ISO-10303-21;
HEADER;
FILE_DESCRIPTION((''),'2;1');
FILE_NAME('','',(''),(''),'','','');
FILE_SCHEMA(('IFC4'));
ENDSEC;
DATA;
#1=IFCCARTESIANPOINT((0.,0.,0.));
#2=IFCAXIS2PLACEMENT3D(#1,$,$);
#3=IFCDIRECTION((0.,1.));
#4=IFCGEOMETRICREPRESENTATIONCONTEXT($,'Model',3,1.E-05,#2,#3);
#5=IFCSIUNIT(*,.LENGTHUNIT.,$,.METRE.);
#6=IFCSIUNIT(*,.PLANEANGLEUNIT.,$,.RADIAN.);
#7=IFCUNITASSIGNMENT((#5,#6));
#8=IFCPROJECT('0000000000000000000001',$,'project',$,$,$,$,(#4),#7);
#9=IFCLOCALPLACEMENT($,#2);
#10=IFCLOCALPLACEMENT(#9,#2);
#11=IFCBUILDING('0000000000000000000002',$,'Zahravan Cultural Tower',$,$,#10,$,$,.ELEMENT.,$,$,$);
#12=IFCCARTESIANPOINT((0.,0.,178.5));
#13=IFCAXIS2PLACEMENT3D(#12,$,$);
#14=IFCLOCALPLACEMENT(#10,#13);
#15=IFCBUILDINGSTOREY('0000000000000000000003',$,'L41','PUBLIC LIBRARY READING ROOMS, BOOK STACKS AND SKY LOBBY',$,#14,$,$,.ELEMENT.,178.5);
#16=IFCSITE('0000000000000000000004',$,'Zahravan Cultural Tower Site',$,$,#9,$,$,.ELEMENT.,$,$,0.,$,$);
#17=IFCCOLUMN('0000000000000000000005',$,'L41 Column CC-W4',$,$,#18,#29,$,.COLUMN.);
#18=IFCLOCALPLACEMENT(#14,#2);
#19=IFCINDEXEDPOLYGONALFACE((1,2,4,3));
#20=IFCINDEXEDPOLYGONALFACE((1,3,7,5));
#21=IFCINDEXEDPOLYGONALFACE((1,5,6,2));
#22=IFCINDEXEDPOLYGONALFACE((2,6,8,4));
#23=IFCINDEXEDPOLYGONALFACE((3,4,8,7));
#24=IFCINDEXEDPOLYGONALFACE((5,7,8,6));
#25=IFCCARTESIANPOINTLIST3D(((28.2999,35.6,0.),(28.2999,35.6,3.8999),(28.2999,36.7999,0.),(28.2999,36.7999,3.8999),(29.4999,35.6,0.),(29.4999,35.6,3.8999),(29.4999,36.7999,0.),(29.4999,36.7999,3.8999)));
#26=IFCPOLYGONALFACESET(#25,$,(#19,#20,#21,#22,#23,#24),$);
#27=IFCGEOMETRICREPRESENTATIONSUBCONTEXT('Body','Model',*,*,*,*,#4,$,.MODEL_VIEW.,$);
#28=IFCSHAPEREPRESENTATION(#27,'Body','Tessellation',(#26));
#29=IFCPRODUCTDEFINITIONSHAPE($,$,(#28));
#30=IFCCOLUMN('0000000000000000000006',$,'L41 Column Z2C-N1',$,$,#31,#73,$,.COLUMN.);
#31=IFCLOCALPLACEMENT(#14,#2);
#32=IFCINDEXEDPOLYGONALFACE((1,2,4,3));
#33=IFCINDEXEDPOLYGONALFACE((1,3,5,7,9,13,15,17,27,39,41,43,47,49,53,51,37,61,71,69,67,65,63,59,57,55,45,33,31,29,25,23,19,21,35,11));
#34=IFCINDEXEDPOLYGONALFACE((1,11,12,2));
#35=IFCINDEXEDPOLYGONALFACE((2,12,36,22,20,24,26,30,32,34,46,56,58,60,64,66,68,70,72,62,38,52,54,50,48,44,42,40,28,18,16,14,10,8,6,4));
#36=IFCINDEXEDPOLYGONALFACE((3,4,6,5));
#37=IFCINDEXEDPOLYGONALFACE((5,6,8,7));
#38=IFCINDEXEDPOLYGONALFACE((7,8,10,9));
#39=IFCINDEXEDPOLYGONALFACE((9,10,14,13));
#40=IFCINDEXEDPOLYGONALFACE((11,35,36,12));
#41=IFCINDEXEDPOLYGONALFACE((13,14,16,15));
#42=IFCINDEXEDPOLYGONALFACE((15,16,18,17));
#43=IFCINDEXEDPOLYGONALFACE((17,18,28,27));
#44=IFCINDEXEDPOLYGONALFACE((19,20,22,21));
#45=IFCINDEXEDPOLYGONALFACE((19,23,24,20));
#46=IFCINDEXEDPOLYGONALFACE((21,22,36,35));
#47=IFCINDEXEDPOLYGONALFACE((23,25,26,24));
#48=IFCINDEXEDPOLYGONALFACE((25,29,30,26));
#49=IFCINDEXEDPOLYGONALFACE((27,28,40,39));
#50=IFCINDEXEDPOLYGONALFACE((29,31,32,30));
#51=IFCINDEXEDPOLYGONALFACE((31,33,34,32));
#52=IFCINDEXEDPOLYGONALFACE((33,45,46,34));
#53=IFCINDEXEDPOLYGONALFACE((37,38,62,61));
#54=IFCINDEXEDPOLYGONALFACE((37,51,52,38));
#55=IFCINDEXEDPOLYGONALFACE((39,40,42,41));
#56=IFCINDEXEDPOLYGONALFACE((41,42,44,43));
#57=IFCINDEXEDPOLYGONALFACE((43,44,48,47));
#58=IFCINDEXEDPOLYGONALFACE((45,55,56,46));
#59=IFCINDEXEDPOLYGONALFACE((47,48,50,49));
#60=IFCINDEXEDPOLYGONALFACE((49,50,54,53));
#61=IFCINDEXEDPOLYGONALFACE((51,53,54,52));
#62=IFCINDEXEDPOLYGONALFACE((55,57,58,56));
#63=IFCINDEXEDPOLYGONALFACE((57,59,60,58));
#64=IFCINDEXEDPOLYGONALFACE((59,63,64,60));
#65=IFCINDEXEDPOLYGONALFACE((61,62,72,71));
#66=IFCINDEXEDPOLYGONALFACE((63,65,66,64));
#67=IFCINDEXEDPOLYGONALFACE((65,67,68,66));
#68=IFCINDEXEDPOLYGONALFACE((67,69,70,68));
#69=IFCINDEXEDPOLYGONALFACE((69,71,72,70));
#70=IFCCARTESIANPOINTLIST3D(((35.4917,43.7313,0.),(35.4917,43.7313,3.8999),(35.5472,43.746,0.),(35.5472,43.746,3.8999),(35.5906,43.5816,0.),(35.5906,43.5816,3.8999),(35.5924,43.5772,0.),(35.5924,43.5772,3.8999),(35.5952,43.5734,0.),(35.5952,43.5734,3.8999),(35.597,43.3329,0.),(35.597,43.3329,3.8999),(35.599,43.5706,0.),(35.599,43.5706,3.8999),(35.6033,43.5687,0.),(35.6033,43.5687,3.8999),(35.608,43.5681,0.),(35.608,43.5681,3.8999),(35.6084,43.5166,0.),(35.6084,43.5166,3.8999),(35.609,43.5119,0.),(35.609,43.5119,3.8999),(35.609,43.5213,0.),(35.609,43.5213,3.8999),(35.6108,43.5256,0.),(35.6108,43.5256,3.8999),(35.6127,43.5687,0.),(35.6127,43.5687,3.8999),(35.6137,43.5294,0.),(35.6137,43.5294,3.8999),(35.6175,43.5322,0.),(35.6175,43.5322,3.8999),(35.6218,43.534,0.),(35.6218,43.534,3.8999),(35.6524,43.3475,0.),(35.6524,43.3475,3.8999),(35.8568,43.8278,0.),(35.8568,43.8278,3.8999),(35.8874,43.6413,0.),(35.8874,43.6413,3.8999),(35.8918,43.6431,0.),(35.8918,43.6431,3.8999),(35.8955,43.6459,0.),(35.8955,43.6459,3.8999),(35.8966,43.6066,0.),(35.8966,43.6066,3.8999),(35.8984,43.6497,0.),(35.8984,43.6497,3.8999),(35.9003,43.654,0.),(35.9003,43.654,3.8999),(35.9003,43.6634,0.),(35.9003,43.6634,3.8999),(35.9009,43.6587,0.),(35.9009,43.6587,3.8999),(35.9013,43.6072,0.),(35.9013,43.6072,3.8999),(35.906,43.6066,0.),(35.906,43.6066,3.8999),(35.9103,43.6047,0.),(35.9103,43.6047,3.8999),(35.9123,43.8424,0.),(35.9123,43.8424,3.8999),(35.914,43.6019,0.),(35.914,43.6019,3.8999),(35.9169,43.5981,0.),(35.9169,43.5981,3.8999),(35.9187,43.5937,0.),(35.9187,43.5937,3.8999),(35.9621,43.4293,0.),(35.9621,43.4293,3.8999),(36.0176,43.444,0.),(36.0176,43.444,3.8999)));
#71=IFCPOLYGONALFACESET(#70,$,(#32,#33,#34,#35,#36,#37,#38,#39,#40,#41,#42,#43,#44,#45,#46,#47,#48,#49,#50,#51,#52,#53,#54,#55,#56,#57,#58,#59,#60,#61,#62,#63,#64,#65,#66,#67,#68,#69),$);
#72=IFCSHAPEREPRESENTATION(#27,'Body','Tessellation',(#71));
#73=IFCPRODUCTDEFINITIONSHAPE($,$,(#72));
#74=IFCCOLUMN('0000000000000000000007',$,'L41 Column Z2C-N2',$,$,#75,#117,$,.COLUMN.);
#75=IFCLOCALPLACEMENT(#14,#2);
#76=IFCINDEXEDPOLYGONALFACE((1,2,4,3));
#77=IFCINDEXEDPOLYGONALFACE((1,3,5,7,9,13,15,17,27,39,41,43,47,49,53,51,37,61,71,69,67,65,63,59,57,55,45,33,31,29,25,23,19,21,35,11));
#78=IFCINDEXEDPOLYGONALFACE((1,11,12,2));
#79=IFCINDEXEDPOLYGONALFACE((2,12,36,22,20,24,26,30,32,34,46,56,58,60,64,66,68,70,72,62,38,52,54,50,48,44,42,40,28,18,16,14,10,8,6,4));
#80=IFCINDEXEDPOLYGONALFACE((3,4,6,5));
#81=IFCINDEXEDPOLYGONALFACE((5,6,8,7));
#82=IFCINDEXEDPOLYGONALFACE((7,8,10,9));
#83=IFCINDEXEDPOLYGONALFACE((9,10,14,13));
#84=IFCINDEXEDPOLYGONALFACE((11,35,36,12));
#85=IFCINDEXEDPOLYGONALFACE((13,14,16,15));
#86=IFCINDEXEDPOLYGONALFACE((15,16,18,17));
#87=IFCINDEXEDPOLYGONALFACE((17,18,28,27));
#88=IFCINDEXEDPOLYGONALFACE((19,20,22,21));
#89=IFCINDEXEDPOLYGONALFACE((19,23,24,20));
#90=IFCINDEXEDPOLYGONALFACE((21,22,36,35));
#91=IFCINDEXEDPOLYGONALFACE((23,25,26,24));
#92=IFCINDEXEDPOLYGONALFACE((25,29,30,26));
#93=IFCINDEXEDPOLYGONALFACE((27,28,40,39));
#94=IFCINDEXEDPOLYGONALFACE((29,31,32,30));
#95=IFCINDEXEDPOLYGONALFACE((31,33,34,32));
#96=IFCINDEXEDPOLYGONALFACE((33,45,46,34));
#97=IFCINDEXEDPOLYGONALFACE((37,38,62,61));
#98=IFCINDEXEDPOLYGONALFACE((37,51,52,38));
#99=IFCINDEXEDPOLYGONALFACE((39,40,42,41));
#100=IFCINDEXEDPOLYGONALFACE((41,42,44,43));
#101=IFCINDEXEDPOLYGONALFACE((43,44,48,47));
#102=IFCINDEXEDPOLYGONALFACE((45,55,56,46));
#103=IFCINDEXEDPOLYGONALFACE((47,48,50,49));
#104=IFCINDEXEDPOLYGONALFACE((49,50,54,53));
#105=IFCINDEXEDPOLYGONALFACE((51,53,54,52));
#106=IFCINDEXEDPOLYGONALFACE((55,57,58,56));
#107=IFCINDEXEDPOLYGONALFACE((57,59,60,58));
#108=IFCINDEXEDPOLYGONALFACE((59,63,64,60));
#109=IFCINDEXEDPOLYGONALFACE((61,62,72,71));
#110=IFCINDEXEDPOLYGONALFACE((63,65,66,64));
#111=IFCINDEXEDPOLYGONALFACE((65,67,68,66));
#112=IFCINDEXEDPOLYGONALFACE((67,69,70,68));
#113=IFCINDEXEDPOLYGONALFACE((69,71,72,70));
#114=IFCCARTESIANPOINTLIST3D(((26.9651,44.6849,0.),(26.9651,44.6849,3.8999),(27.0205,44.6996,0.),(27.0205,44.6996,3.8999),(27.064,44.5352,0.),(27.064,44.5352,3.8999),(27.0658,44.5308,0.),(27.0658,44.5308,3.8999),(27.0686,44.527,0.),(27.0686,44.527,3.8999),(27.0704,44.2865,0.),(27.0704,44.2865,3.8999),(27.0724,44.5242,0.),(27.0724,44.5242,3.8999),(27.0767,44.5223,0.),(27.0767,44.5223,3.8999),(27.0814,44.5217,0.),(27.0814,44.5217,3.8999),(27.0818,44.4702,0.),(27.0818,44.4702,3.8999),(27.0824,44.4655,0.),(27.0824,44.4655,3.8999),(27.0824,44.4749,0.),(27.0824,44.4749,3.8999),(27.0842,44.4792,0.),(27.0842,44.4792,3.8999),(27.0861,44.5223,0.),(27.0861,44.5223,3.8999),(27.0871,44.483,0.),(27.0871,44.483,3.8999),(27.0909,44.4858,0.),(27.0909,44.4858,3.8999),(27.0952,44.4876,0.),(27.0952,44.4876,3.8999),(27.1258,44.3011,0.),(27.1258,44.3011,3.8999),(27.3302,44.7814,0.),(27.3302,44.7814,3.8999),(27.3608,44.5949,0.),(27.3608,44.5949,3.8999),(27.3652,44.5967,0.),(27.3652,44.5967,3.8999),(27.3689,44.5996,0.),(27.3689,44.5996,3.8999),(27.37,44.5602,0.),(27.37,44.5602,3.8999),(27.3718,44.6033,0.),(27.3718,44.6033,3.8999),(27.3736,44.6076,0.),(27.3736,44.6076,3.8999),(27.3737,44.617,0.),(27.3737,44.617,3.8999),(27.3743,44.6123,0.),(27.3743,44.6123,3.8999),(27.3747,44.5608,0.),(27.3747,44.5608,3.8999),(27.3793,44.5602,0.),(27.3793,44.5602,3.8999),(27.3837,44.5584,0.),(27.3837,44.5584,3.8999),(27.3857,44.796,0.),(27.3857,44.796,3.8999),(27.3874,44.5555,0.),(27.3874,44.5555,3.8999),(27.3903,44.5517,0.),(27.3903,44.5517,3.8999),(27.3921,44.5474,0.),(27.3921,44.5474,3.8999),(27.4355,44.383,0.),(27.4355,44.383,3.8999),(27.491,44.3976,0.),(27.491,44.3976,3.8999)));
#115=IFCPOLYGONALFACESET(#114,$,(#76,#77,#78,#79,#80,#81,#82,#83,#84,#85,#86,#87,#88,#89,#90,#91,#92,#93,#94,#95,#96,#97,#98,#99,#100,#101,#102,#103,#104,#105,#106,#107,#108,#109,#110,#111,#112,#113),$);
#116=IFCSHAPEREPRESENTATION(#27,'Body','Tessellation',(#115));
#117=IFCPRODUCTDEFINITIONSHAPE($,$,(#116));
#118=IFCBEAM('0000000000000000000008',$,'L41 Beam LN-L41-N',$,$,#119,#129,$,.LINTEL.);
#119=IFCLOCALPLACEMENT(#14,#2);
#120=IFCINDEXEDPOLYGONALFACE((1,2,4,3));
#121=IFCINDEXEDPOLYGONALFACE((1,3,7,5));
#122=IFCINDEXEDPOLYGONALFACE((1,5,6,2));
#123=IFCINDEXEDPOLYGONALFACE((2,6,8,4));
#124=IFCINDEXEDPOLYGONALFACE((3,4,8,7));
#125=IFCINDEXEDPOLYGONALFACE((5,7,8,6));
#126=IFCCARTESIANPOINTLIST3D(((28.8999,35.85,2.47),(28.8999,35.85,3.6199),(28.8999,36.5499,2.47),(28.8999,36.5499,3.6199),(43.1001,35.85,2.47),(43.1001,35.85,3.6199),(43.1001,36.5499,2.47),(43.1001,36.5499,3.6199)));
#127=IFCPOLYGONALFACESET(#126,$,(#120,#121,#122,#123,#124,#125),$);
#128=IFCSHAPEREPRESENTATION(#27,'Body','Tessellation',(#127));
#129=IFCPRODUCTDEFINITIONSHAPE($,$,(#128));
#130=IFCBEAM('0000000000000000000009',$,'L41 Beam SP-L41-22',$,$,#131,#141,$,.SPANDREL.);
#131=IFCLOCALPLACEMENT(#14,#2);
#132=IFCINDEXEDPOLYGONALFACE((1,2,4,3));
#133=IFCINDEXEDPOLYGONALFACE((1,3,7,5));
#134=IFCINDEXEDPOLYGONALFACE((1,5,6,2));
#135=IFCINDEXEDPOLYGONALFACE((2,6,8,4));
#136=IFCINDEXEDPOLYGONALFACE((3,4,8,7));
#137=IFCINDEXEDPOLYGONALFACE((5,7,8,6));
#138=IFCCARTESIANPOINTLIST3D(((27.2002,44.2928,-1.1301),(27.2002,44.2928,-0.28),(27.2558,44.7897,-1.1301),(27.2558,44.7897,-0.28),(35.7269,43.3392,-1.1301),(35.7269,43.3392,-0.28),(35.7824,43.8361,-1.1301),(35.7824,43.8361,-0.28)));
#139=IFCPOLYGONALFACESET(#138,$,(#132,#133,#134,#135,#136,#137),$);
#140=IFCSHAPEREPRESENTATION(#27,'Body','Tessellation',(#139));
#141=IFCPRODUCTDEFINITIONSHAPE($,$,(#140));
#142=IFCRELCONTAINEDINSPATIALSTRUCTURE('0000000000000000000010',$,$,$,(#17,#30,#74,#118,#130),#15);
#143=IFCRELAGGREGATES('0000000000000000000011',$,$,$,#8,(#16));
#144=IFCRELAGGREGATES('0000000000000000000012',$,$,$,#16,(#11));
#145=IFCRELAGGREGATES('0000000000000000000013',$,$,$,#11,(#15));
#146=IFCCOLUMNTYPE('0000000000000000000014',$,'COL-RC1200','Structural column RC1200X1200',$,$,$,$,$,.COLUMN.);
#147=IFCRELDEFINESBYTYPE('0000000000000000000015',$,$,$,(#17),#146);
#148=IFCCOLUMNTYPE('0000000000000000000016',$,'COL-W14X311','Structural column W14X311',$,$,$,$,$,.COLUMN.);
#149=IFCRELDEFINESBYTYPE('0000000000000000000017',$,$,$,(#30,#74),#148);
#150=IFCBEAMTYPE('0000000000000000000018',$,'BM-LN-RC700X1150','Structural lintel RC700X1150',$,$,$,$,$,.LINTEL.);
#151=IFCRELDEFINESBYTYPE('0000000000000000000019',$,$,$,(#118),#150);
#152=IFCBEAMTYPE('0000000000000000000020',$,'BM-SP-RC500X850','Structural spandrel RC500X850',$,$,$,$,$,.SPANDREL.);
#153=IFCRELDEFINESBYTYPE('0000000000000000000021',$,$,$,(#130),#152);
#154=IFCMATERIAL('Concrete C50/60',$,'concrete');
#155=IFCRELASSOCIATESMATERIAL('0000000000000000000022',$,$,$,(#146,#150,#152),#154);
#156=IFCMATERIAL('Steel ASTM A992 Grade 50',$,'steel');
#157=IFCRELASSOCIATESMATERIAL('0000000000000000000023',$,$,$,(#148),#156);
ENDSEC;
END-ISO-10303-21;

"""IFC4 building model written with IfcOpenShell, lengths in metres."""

from ifc_helpers import new_model, si_unit, direction, frame, origin, origin_2d, place, context, subcontext, project, spatial, rectangle, i_section, extrude, source, transform, mapped, material, material_profile, profile_set, type_object, element, save


model = new_model("IFC4")

# Units and contexts
model_context = context("Model", 3, precision=1e-05, world=origin(), true_north=direction((0.0, 1.0)))
body_context = subcontext(model_context, "Body", "Model", "MODEL_VIEW")
ifc_project = project(units=[si_unit("LENGTHUNIT", "METRE"), si_unit("PLANEANGLEUNIT", "RADIAN")], contexts=[model_context])

# Site, building, storey
site_placement = place(None, origin())
site = spatial("IfcSite", under=ifc_project, at=site_placement, Name="Zahravan Cultural Tower Site", CompositionType="ELEMENT", RefElevation=0.0)
building_placement = place(site_placement, origin())
building = spatial("IfcBuilding", under=site, at=building_placement, Name="Zahravan Cultural Tower", CompositionType="ELEMENT")
storey_placement = place(building_placement, frame((0.0, 0.0, 178.5)))
storey = spatial("IfcBuildingStorey", under=building, at=storey_placement, Name="L41", Description="PUBLIC LIBRARY READING ROOMS, BOOK STACKS AND SKY LOBBY", CompositionType="ELEMENT", Elevation=178.5)

# Columns
ifc_material_1 = material(Name="Concrete C50/60", Category="concrete")
ifc_material_profile_1 = material_profile(ifc_material_1, rectangle(XDim=1.2, YDim=1.2, at=origin_2d()), Name="RC1200X1200")
ifc_profile_set_1 = profile_set([ifc_material_profile_1], Name="Concrete C50/60")
column_type_1 = type_object("IfcColumnType", Name="COL-RC1200", Description="Structural column RC1200X1200", PredefinedType="COLUMN", material=ifc_profile_set_1)
shared_shape_1 = source(origin(), body_context, "Body", "SweptSolid", [
    extrude(rectangle(XDim=1.2, YDim=1.2, at=origin_2d()), origin(), (0.0, 0.0, 1.0), 3.8999),
])
column_placement = place(storey_placement, frame((28.8999, 36.2, 0.0), z_axis=(0.0, 0.0, 1.0), x_axis=(1.0, 0.0, 0.0)))
element("IfcColumn", 1, at=column_placement, inside=storey, type_object=column_type_1, Name="L41 Column CC-W4", PredefinedType="COLUMN", context=body_context, shape_type="MappedRepresentation", body=[
    mapped(shared_shape_1, transform((0.0, 0.0, 0.0), x_axis=(1.0, 0.0, 0.0), y_axis=(0.0, 1.0, 0.0), z_axis=(0.0, 0.0, 1.0), scale=1.0)),
])
ifc_material_2 = material(Name="Steel ASTM A992 Grade 50", Category="steel")
ifc_material_profile_2 = material_profile(ifc_material_2, i_section(OverallWidth=0.4121, OverallDepth=0.4351, WebThickness=0.0359, FlangeThickness=0.0574, FilletRadius=0.0181, at=origin_2d()), Name="W14X311")
ifc_profile_set_2 = profile_set([ifc_material_profile_2], Name="Steel ASTM A992 Grade 50")
column_type_2 = type_object("IfcColumnType", Name="COL-W14X311", Description="Structural column W14X311", PredefinedType="COLUMN", material=ifc_profile_set_2)
shared_shape_2 = source(origin(), body_context, "Body", "SweptSolid", [
    extrude(i_section(OverallWidth=0.4121, OverallDepth=0.4351, WebThickness=0.0359, FlangeThickness=0.0574, FilletRadius=0.0181, at=origin_2d()), origin(), (0.0, 0.0, 1.0), 3.8999),
])
for number, where, z_axis, x_axis, name in (
    (2, (35.7546, 43.5876, 0.0), (0.0, 0.0, 1.0), (-0.255446, 0.966823, 0.0), "L41 Column Z2C-N1"),
    (3, (27.228, 44.5413, 0.0), (0.0, 0.0, 1.0), (-0.255446, 0.966823, 0.0), "L41 Column Z2C-N2"),
):
    element("IfcColumn", number, at=place(storey_placement, frame(where, z_axis=z_axis, x_axis=x_axis)), inside=storey, type_object=column_type_2, Name=name, PredefinedType="COLUMN", context=body_context, shape_type="MappedRepresentation", body=[
        mapped(shared_shape_2, transform((0.0, 0.0, 0.0), x_axis=(1.0, 0.0, 0.0), y_axis=(0.0, 1.0, 0.0), z_axis=(0.0, 0.0, 1.0), scale=1.0)),
    ])

# Beams
ifc_material_profile_3 = material_profile(ifc_material_1, rectangle(XDim=0.7, YDim=1.1499, at=origin_2d()), Name="RC700X1150")
ifc_profile_set_3 = profile_set([ifc_material_profile_3], Name="Concrete C50/60")
beam_type_1 = type_object("IfcBeamType", Name="BM-LN-RC700X1150", Description="Structural lintel RC700X1150", PredefinedType="LINTEL", material=ifc_profile_set_3)
shared_shape_3 = source(origin(), body_context, "Body", "SweptSolid", [
    extrude(rectangle(XDim=0.7, YDim=1.1499, at=origin_2d()), origin(), (0.0, 0.0, 1.0), 14.2002),
])
beam_1_placement = place(storey_placement, frame((28.8999, 36.2, 3.0449), z_axis=(1.0, 0.0, 0.0), x_axis=(0.0, 1.0, 0.0)))
element("IfcBeam", 4, at=beam_1_placement, inside=storey, type_object=beam_type_1, Name="L41 Beam LN-L41-N", PredefinedType="LINTEL", context=body_context, shape_type="MappedRepresentation", body=[
    mapped(shared_shape_3, transform((0.0, 0.0, 0.0), x_axis=(1.0, 0.0, 0.0), y_axis=(0.0, 1.0, 0.0), z_axis=(0.0, 0.0, 1.0), scale=1.0)),
])
ifc_material_profile_4 = material_profile(ifc_material_1, rectangle(XDim=0.5, YDim=0.8501, at=origin_2d()), Name="RC500X850")
ifc_profile_set_4 = profile_set([ifc_material_profile_4], Name="Concrete C50/60")
beam_type_2 = type_object("IfcBeamType", Name="BM-SP-RC500X850", Description="Structural spandrel RC500X850", PredefinedType="SPANDREL", material=ifc_profile_set_4)
shared_shape_4 = source(origin(), body_context, "Body", "SweptSolid", [
    extrude(rectangle(XDim=0.5, YDim=0.8501, at=origin_2d()), origin(), (0.0, 0.0, 1.0), 8.5798),
])
beam_2_placement = place(storey_placement, frame((35.7546, 43.5876, -0.7051), z_axis=(-0.993804, 0.111147, 0.0), x_axis=(-0.111147, -0.993804, 0.0)))
element("IfcBeam", 5, at=beam_2_placement, inside=storey, type_object=beam_type_2, Name="L41 Beam SP-L41-22", PredefinedType="SPANDREL", context=body_context, shape_type="MappedRepresentation", body=[
    mapped(shared_shape_4, transform((0.0, 0.0, 0.0), x_axis=(1.0, 0.0, 0.0), y_axis=(0.0, 1.0, 0.0), z_axis=(0.0, 0.0, 1.0), scale=1.0)),
])

save(model, "model.ifc")
